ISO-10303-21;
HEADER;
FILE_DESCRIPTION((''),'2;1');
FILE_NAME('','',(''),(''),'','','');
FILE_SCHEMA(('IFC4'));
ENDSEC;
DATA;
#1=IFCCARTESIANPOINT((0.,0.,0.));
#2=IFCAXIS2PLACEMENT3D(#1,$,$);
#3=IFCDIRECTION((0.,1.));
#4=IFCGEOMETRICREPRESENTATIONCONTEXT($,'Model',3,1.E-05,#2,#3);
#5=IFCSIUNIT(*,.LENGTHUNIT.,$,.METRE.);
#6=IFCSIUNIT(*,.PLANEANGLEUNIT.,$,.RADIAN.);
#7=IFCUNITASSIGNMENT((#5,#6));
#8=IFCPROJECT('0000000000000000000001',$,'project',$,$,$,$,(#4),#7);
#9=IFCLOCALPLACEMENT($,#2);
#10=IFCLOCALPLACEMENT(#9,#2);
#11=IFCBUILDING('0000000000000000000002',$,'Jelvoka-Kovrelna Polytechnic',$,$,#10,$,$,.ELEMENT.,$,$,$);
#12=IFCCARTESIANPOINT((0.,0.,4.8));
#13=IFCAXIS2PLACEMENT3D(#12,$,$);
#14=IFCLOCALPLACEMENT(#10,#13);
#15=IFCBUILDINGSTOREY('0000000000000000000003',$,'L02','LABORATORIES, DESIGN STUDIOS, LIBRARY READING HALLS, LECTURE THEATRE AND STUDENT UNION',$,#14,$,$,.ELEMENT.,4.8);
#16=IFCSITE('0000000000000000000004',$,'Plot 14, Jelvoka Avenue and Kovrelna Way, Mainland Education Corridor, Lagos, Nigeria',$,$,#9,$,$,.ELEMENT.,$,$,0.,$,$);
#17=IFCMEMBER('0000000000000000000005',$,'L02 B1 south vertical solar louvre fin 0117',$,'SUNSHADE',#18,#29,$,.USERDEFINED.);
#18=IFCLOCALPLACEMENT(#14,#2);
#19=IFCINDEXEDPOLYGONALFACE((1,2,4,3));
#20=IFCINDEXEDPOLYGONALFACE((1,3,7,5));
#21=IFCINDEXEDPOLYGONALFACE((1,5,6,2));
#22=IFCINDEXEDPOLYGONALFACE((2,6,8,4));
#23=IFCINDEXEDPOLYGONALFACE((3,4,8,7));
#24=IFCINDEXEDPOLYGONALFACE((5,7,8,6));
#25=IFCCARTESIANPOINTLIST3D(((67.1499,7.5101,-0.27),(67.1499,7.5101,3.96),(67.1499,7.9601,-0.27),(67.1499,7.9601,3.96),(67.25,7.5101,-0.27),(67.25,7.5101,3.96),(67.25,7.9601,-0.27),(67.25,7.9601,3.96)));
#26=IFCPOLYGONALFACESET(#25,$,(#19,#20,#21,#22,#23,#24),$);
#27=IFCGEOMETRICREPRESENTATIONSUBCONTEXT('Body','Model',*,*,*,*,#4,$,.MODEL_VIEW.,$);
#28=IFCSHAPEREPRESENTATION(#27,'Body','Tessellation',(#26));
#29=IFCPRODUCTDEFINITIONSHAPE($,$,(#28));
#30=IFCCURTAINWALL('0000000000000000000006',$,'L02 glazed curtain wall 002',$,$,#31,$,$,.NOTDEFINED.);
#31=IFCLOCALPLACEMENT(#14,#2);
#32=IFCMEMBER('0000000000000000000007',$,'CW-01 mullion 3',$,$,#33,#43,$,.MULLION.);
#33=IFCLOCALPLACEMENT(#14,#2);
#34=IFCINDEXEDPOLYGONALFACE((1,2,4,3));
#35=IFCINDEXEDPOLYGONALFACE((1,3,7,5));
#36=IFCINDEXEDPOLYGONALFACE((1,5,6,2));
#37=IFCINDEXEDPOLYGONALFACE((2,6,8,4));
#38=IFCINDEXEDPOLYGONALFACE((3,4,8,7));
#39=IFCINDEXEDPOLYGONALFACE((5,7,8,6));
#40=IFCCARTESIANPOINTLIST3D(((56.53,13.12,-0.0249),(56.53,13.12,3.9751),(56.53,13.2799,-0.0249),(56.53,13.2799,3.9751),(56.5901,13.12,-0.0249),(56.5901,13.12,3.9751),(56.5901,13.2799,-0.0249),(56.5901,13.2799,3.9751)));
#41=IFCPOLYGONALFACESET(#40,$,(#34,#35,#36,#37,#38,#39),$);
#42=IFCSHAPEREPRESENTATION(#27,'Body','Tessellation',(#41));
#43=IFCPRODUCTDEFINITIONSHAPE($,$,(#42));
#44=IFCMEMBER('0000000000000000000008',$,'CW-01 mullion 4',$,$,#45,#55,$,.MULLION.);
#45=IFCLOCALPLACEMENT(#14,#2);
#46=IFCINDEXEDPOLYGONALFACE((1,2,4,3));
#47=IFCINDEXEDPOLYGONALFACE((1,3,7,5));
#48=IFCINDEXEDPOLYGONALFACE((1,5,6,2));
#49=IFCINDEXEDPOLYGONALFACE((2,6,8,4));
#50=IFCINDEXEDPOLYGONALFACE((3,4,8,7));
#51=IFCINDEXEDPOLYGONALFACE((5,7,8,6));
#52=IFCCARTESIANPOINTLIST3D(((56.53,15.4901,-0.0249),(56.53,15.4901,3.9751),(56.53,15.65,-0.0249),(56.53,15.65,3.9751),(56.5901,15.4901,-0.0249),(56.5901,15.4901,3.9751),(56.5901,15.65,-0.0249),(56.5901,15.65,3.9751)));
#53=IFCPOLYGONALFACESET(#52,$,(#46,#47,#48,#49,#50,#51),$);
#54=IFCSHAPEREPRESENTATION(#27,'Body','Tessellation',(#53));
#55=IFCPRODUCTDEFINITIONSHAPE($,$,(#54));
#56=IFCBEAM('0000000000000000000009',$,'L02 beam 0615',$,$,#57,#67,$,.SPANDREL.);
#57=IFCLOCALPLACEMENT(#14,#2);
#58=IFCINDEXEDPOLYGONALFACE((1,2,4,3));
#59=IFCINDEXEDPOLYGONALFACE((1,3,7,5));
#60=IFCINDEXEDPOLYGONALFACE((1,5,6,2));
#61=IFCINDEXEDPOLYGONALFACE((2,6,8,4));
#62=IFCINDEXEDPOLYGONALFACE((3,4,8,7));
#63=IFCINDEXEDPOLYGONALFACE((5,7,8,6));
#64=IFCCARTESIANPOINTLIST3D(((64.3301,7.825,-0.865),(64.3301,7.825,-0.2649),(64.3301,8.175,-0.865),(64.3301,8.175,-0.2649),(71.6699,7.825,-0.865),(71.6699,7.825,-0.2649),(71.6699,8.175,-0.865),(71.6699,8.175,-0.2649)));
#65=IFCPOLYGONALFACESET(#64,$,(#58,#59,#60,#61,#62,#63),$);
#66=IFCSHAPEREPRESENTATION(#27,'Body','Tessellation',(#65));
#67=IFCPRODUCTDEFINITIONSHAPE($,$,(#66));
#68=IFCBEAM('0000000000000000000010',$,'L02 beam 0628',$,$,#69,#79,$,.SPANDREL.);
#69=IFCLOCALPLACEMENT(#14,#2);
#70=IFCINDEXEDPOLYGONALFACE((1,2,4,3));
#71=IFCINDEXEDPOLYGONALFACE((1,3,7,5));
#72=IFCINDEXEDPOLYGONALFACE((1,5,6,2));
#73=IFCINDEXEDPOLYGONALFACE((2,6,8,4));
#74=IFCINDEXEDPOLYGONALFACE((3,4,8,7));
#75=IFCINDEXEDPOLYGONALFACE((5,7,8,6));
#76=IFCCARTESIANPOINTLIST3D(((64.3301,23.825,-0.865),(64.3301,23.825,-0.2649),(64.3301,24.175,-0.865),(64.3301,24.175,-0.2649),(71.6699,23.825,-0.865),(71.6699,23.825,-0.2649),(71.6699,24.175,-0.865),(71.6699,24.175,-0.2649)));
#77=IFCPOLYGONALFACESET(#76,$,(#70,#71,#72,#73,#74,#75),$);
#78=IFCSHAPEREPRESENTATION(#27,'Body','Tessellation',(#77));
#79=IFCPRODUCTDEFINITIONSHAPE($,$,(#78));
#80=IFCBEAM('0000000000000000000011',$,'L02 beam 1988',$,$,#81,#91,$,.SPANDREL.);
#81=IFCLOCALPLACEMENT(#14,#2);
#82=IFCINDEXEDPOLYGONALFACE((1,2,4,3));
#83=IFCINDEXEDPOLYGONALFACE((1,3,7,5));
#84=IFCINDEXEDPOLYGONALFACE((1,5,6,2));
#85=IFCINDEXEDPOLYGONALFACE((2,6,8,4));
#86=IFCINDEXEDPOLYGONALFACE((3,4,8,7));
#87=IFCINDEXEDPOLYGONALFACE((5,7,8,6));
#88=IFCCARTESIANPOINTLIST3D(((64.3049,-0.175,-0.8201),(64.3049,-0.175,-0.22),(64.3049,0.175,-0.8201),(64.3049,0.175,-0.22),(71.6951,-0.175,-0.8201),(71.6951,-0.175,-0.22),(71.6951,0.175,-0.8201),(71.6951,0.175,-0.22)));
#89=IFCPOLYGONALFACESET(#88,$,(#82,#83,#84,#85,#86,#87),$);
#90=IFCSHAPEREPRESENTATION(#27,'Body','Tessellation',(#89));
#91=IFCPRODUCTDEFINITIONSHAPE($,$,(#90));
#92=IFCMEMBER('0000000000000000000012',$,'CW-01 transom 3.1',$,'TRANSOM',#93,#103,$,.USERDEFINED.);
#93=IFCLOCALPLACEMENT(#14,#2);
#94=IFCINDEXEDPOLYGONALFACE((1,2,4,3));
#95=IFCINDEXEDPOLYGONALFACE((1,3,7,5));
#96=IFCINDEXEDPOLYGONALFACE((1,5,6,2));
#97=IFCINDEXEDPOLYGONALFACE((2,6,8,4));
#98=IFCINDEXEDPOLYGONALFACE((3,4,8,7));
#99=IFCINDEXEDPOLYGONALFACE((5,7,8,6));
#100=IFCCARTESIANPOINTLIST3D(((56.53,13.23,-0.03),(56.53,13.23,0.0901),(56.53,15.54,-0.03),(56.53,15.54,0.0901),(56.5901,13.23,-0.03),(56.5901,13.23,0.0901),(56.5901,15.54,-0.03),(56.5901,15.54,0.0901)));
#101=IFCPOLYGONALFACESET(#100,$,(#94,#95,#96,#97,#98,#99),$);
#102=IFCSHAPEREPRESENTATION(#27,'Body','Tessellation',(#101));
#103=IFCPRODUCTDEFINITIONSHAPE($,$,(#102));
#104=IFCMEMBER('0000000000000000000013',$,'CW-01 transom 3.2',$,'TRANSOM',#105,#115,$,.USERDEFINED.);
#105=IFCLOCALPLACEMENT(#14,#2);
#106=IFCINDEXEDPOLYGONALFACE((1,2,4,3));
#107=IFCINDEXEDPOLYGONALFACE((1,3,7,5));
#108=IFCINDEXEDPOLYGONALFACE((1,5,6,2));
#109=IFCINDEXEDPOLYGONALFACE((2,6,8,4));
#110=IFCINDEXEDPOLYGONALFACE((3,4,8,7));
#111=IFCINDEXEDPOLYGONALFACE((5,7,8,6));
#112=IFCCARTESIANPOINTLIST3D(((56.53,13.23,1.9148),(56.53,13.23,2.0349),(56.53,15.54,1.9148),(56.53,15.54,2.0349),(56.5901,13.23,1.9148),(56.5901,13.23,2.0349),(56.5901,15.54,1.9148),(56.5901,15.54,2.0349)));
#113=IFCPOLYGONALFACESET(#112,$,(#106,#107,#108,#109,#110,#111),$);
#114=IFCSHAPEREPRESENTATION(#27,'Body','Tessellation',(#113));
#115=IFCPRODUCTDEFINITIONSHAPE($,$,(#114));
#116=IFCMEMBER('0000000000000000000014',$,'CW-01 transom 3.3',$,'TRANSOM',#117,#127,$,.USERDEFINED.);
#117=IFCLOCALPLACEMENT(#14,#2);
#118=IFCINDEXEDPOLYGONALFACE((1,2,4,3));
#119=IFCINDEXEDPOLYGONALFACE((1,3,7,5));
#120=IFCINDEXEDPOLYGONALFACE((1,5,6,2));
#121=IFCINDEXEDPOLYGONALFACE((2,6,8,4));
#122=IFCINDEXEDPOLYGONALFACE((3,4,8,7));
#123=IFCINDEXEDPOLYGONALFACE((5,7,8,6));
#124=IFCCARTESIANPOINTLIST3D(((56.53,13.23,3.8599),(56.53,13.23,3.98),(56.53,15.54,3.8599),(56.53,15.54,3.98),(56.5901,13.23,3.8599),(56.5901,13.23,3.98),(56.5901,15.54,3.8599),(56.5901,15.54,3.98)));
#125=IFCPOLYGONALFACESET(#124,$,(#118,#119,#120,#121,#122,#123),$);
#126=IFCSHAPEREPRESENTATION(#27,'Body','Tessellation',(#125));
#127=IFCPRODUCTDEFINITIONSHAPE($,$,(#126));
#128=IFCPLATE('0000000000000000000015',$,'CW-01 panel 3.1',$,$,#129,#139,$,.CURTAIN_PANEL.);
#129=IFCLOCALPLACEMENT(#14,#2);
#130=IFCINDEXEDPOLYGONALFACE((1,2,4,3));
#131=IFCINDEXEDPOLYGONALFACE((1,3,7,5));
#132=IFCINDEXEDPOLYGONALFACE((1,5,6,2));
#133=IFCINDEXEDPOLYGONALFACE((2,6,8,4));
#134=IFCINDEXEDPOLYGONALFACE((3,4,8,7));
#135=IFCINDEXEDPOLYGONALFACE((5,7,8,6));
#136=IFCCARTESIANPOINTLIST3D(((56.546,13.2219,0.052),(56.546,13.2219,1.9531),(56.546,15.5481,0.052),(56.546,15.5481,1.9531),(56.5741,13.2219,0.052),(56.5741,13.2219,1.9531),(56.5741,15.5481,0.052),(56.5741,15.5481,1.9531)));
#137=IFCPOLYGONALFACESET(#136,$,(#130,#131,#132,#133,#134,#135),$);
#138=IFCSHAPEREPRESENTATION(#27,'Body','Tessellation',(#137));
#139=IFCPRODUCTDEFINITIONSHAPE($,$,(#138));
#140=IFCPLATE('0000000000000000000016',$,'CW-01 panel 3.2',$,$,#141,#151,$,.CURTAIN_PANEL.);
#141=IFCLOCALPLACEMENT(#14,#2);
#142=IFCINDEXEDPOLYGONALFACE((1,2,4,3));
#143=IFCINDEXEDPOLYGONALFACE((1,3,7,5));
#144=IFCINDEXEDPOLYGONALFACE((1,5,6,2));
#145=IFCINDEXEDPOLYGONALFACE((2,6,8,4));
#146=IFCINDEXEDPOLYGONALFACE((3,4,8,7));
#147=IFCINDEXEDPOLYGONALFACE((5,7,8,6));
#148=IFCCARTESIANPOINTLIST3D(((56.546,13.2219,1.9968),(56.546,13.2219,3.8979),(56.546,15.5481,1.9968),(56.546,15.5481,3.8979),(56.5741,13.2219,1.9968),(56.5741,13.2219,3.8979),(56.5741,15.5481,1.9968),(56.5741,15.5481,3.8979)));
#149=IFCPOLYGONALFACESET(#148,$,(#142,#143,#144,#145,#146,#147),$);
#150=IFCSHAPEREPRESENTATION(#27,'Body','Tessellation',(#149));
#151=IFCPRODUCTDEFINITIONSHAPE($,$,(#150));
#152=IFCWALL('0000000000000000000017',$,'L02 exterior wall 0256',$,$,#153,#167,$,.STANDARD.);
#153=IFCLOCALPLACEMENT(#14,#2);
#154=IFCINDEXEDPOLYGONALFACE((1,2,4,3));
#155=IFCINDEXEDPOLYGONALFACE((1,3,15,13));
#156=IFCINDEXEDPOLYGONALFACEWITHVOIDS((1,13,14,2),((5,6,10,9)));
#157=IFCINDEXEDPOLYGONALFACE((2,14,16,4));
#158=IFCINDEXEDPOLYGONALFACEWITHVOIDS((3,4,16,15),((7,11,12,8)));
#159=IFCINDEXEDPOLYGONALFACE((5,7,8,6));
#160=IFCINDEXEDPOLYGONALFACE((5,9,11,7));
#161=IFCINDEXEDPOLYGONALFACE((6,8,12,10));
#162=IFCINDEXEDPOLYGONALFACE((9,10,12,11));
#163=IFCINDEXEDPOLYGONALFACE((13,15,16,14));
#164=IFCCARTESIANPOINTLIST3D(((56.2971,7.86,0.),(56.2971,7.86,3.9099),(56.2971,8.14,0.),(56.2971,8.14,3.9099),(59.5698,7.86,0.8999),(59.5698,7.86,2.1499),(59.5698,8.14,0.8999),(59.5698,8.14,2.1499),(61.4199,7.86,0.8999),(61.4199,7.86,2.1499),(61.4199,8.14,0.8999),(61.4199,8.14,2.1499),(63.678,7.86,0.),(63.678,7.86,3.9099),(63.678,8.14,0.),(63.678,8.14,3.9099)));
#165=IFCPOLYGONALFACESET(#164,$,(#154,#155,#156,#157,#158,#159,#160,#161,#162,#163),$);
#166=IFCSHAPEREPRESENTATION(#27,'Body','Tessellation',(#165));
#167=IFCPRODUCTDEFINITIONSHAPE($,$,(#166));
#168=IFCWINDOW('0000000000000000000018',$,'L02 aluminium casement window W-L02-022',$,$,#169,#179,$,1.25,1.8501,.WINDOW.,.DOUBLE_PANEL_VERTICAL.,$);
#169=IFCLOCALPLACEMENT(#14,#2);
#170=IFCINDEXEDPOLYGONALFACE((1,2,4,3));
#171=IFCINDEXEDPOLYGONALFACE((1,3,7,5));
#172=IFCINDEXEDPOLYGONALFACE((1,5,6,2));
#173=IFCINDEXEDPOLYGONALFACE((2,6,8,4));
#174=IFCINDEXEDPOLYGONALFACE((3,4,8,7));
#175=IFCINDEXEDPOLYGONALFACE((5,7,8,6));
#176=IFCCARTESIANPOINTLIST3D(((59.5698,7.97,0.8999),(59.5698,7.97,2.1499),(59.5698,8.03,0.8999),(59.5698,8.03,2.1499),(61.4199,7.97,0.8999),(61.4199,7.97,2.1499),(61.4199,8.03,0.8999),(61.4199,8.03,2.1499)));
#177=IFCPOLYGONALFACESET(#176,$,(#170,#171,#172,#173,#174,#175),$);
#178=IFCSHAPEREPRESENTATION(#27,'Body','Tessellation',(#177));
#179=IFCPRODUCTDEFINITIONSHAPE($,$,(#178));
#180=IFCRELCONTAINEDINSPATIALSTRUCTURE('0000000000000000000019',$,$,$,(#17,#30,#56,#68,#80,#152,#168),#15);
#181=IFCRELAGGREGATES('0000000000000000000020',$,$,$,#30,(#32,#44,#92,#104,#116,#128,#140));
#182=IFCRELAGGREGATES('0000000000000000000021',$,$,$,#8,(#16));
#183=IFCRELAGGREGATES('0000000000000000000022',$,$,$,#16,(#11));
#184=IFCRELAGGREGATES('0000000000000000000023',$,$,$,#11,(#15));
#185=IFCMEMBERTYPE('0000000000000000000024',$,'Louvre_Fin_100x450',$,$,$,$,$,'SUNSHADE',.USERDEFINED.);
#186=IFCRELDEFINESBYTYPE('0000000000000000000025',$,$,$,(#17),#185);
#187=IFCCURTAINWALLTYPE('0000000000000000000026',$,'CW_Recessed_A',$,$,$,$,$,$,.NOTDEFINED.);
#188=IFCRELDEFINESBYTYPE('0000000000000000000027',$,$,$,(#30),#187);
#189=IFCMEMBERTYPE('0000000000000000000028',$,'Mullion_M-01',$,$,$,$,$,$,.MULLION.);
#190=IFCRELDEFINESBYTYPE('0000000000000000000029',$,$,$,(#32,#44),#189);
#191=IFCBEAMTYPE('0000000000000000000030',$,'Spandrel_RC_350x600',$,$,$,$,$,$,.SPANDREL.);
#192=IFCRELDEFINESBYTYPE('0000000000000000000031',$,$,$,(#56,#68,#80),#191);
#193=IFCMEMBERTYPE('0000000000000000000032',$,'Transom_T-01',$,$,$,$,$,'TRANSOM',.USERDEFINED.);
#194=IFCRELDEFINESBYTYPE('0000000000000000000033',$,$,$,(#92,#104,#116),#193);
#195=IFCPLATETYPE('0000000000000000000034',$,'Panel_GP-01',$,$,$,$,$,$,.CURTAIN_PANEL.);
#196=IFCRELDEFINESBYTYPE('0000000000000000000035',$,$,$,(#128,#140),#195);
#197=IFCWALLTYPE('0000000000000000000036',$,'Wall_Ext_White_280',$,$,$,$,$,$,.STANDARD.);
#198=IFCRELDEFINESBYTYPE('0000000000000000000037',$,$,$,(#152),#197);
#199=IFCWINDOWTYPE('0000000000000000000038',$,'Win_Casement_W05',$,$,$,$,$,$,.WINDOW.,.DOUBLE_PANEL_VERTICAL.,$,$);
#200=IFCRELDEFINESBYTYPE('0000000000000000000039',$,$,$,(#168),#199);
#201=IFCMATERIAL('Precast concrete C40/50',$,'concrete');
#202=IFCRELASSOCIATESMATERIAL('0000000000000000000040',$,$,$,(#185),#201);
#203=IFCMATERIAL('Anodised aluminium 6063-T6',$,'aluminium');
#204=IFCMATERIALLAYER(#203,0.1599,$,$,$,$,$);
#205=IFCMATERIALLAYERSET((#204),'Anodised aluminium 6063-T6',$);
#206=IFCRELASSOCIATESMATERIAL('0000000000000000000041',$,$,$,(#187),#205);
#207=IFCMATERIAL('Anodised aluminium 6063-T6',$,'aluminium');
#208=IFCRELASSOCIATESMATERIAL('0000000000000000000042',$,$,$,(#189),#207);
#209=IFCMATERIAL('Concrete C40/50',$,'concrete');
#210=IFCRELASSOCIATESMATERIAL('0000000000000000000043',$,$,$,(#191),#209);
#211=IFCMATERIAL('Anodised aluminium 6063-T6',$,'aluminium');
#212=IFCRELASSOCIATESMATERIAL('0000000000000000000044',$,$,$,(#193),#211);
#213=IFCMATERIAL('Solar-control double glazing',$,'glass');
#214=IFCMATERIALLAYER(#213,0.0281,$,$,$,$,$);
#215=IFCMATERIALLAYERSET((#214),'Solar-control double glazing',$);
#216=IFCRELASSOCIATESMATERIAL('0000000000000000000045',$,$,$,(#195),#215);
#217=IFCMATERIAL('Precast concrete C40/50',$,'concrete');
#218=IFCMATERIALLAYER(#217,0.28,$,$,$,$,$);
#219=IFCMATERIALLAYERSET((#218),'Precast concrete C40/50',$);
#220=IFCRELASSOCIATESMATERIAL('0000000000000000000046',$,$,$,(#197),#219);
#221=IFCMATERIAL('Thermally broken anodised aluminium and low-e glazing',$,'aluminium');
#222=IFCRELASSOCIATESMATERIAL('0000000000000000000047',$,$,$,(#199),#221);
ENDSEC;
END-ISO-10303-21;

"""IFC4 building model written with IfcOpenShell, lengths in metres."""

from ifc_helpers import new_model, si_unit, direction, frame, frame_2d, origin, origin_2d, place, context, subcontext, project, spatial, rectangle, extrude, material, layer, layer_set, material_profile, profile_set, type_object, element, fill, aggregate, save


model = new_model("IFC4")

# Units and contexts
model_context = context("Model", 3, precision=1e-05, world=origin(), true_north=direction((0.0, 1.0)))
body_context = subcontext(model_context, "Body", "Model", "MODEL_VIEW")
ifc_project = project(units=[si_unit("LENGTHUNIT", "METRE"), si_unit("PLANEANGLEUNIT", "RADIAN")], contexts=[model_context])

# Site, building, storey
site_placement = place(None, origin())
site = spatial("IfcSite", under=ifc_project, at=site_placement, Name="Plot 14, Jelvoka Avenue and Kovrelna Way, Mainland Education Corridor, Lagos, Nigeria", CompositionType="ELEMENT", RefElevation=0.0)
building_placement = place(site_placement, origin())
building = spatial("IfcBuilding", under=site, at=building_placement, Name="Jelvoka-Kovrelna Polytechnic", CompositionType="ELEMENT")
storey_placement = place(building_placement, frame((0.0, 0.0, 4.8)))
storey = spatial("IfcBuildingStorey", under=building, at=storey_placement, Name="L02", Description="LABORATORIES, DESIGN STUDIOS, LIBRARY READING HALLS, LECTURE THEATRE AND STUDENT UNION", CompositionType="ELEMENT", Elevation=4.8)

# Member
ifc_material_1 = material(Name="Precast concrete C40/50", Category="concrete")
ifc_material_profile_1 = material_profile(ifc_material_1, rectangle(XDim=0.1001, YDim=0.45, at=origin_2d()), Name="PC 100x450")
ifc_profile_set_1 = profile_set([ifc_material_profile_1], Name="Precast concrete C40/50")
member_type_1 = type_object("IfcMemberType", Name="Louvre_Fin_100x450", ElementType="SUNSHADE", PredefinedType="USERDEFINED", material=ifc_profile_set_1)
for number, where, z_axis, x_axis, name in (
    (1, (67.2, 7.7351, -0.27), (0.0, 0.0, 1.0), (1.0, 0.0, 0.0), "L02 B1 south vertical solar louvre fin 0117"),
):
    element("IfcMember", number, at=place(storey_placement, frame(where, z_axis=z_axis, x_axis=x_axis)), inside=storey, type_object=member_type_1, Name=name, ObjectType="SUNSHADE", PredefinedType="USERDEFINED", context=body_context, shape_type="SweptSolid", body=[
        extrude(rectangle(XDim=0.1001, YDim=0.45, at=origin_2d()), origin(), (0.0, 0.0, 1.0), 4.23),
    ])

# Curtain wall, members
ifc_material_2 = material(Name="Anodised aluminium 6063-T6", Category="aluminium")
ifc_layer_1 = layer(ifc_material_2, 0.1599)
ifc_layer_set_1 = layer_set([ifc_layer_1], Name="Anodised aluminium 6063-T6")
curtain_wall_type = type_object("IfcCurtainWallType", Name="CW_Recessed_A", PredefinedType="NOTDEFINED", material=ifc_layer_set_1)
curtain_wall_placement = place(storey_placement, origin())
curtain_wall = element("IfcCurtainWall", 2, at=curtain_wall_placement, inside=storey, type_object=curtain_wall_type, Name="L02 glazed curtain wall 002", PredefinedType="NOTDEFINED")
ifc_material_3 = material(Name="Anodised aluminium 6063-T6", Category="aluminium")
ifc_material_profile_2 = material_profile(ifc_material_3, rectangle(XDim=0.0601, YDim=0.1599, at=origin_2d()), Name="ALU 60x160")
ifc_profile_set_2 = profile_set([ifc_material_profile_2], Name="Anodised aluminium 6063-T6")
member_type_2 = type_object("IfcMemberType", Name="Mullion_M-01", PredefinedType="MULLION", material=ifc_profile_set_2)
member_1_placement = place(storey_placement, frame((56.5601, 13.2, -0.0249), z_axis=(0.0, 0.0, 1.0), x_axis=(-1.0, 0.0, 0.0)))
member_1 = element("IfcMember", 3, at=member_1_placement, type_object=member_type_2, Name="CW-01 mullion 3", PredefinedType="MULLION", context=body_context, shape_type="SweptSolid", body=[
    extrude(rectangle(XDim=0.0601, YDim=0.1599, at=origin_2d()), origin(), (0.0, 0.0, 1.0), 4.0),
])
member_2_placement = place(storey_placement, frame((56.5601, 15.5701, -0.0249), z_axis=(0.0, 0.0, 1.0), x_axis=(-1.0, 0.0, 0.0)))
member_2 = element("IfcMember", 4, at=member_2_placement, type_object=member_type_2, Name="CW-01 mullion 4", PredefinedType="MULLION", context=body_context, shape_type="SweptSolid", body=[
    extrude(rectangle(XDim=0.0601, YDim=0.1599, at=origin_2d()), origin(), (0.0, 0.0, 1.0), 4.0),
])

# Beams
ifc_material_4 = material(Name="Concrete C40/50", Category="concrete")
ifc_material_profile_3 = material_profile(ifc_material_4, rectangle(XDim=0.3501, YDim=0.6001, at=origin_2d()), Name="RC 350x600")
ifc_profile_set_3 = profile_set([ifc_material_profile_3], Name="Concrete C40/50")
beam_type_1 = type_object("IfcBeamType", Name="Spandrel_RC_350x600", PredefinedType="SPANDREL", material=ifc_profile_set_3)
for number, where, z_axis, x_axis, name in (
    (5, (64.3301, 8.0, -0.5649), (1.0, 0.0, 0.0), (0.0, 1.0, 0.0), "L02 beam 0615"),
    (6, (64.3301, 24.0, -0.5649), (1.0, 0.0, 0.0), (0.0, 1.0, 0.0), "L02 beam 0628"),
):
    element("IfcBeam", number, at=place(storey_placement, frame(where, z_axis=z_axis, x_axis=x_axis)), inside=storey, type_object=beam_type_1, Name=name, PredefinedType="SPANDREL", context=body_context, shape_type="SweptSolid", body=[
        extrude(rectangle(XDim=0.3501, YDim=0.6001, at=origin_2d()), origin(), (0.0, 0.0, 1.0), 7.3398),
    ])
beam_1_placement = place(storey_placement, frame((64.3049, 0.0, -0.52), z_axis=(1.0, 0.0, 0.0), x_axis=(0.0, 1.0, 0.0)))
element("IfcBeam", 7, at=beam_1_placement, inside=storey, type_object=beam_type_1, Name="L02 beam 1988", PredefinedType="SPANDREL", context=body_context, shape_type="SweptSolid", body=[
    extrude(rectangle(XDim=0.3501, YDim=0.6001, at=origin_2d()), origin(), (0.0, 0.0, 1.0), 7.3901),
])

# Members
ifc_material_5 = material(Name="Anodised aluminium 6063-T6", Category="aluminium")
ifc_material_profile_4 = material_profile(ifc_material_5, rectangle(XDim=0.0601, YDim=0.1201, at=origin_2d()), Name="ALU 60x120")
ifc_profile_set_4 = profile_set([ifc_material_profile_4], Name="Anodised aluminium 6063-T6")
member_type_3 = type_object("IfcMemberType", Name="Transom_T-01", ElementType="TRANSOM", PredefinedType="USERDEFINED", material=ifc_profile_set_4)
member_3_placement = place(storey_placement, frame((56.5601, 13.23, 0.03), z_axis=(0.0, 1.0, 0.0), x_axis=(-1.0, 0.0, 0.0)))
member_3 = element("IfcMember", 8, at=member_3_placement, type_object=member_type_3, Name="CW-01 transom 3.1", ObjectType="TRANSOM", PredefinedType="USERDEFINED", context=body_context, shape_type="SweptSolid", body=[
    extrude(rectangle(XDim=0.0601, YDim=0.1201, at=origin_2d()), origin(), (0.0, 0.0, 1.0), 2.3101),
])
member_4_placement = place(storey_placement, frame((56.5601, 13.23, 1.9749), z_axis=(0.0, 1.0, 0.0), x_axis=(-1.0, 0.0, 0.0)))
member_4 = element("IfcMember", 9, at=member_4_placement, type_object=member_type_3, Name="CW-01 transom 3.2", ObjectType="TRANSOM", PredefinedType="USERDEFINED", context=body_context, shape_type="SweptSolid", body=[
    extrude(rectangle(XDim=0.0601, YDim=0.1201, at=origin_2d()), origin(), (0.0, 0.0, 1.0), 2.3101),
])
member_5_placement = place(storey_placement, frame((56.5601, 13.23, 3.9199), z_axis=(0.0, 1.0, 0.0), x_axis=(-1.0, 0.0, 0.0)))
member_5 = element("IfcMember", 10, at=member_5_placement, type_object=member_type_3, Name="CW-01 transom 3.3", ObjectType="TRANSOM", PredefinedType="USERDEFINED", context=body_context, shape_type="SweptSolid", body=[
    extrude(rectangle(XDim=0.0601, YDim=0.1201, at=origin_2d()), origin(), (0.0, 0.0, 1.0), 2.3101),
])

# Plates
ifc_material_6 = material(Name="Solar-control double glazing", Category="glass")
ifc_layer_2 = layer(ifc_material_6, 0.0281)
ifc_layer_set_2 = layer_set([ifc_layer_2], Name="Solar-control double glazing")
plate_type = type_object("IfcPlateType", Name="Panel_GP-01", PredefinedType="CURTAIN_PANEL", material=ifc_layer_set_2)
plate_1_placement = place(storey_placement, frame((56.5601, 14.385, 0.052), z_axis=(0.0, 0.0, 1.0), x_axis=(0.0, 1.0, 0.0)))
plate_1 = element("IfcPlate", 11, at=plate_1_placement, type_object=plate_type, Name="CW-01 panel 3.1", PredefinedType="CURTAIN_PANEL", context=body_context, shape_type="SweptSolid", body=[
    extrude(rectangle(XDim=2.3262, YDim=0.0281, at=origin_2d()), origin(), (0.0, 0.0, 1.0), 1.9011),
])
plate_2_placement = place(storey_placement, frame((56.5601, 14.385, 1.9968), z_axis=(0.0, 0.0, 1.0), x_axis=(0.0, 1.0, 0.0)))
plate_2 = element("IfcPlate", 12, at=plate_2_placement, type_object=plate_type, Name="CW-01 panel 3.2", PredefinedType="CURTAIN_PANEL", context=body_context, shape_type="SweptSolid", body=[
    extrude(rectangle(XDim=2.3262, YDim=0.0281, at=origin_2d()), origin(), (0.0, 0.0, 1.0), 1.9011),
])
aggregate(curtain_wall, [member_1, member_2, member_3, member_4, member_5, plate_1, plate_2])

# Wall, opening, window
ifc_material_7 = material(Name="Precast concrete C40/50", Category="concrete")
ifc_layer_3 = layer(ifc_material_7, 0.28)
ifc_layer_set_3 = layer_set([ifc_layer_3], Name="Precast concrete C40/50")
wall_type = type_object("IfcWallType", Name="Wall_Ext_White_280", PredefinedType="STANDARD", material=ifc_layer_set_3)
wall_1_placement = place(storey_placement, frame((63.678, 8.0, 0.0), z_axis=(0.0, 0.0, 1.0), x_axis=(-1.0, 0.0, 0.0)))
wall_1 = element("IfcWall", 13, at=wall_1_placement, inside=storey, type_object=wall_type, Name="L02 exterior wall 0256", PredefinedType="STANDARD", context=body_context, shape_type="SweptSolid", body=[
    extrude(rectangle(XDim=7.3809, YDim=0.28, at=frame_2d((3.6904, 0.0))), origin(), (0.0, 0.0, 1.0), 3.9099),
])
opening_1_placement = place(wall_1_placement, frame((2.2581, 0.0, 0.8999)))
opening_1 = element("IfcOpeningElement", 14, at=opening_1_placement, cuts=wall_1, PredefinedType="OPENING", context=body_context, shape_type="SweptSolid", body=[
    extrude(rectangle(XDim=1.8501, YDim=1.25, at=frame_2d((0.925, 0.625))), frame((0.0, 0.1501, 0.0), z_axis=(0.0, -1.0, 0.0), x_axis=(1.0, 0.0, 0.0)), (0.0, 0.0, 1.0), 0.3),
])
ifc_material_8 = material(Name="Thermally broken anodised aluminium and low-e glazing", Category="aluminium")
window_type_1 = type_object("IfcWindowType", Name="Win_Casement_W05", PartitioningType="DOUBLE_PANEL_VERTICAL", PredefinedType="WINDOW", material=ifc_material_8)
window_1_placement = place(opening_1_placement, origin())
window_1 = element("IfcWindow", 15, at=window_1_placement, inside=storey, type_object=window_type_1, Name="L02 aluminium casement window W-L02-022", OverallHeight=1.25, OverallWidth=1.8501, PartitioningType="DOUBLE_PANEL_VERTICAL", PredefinedType="WINDOW", context=body_context, shape_type="SweptSolid", body=[
    extrude(rectangle(XDim=1.8501, YDim=1.25, at=frame_2d((0.925, 0.625))), frame((0.0, 0.03, 0.0), z_axis=(0.0, -1.0, 0.0), x_axis=(1.0, 0.0, 0.0)), (0.0, 0.0, 1.0), 0.0601),
])
fill(opening_1, window_1)

save(model, "model.ifc")
